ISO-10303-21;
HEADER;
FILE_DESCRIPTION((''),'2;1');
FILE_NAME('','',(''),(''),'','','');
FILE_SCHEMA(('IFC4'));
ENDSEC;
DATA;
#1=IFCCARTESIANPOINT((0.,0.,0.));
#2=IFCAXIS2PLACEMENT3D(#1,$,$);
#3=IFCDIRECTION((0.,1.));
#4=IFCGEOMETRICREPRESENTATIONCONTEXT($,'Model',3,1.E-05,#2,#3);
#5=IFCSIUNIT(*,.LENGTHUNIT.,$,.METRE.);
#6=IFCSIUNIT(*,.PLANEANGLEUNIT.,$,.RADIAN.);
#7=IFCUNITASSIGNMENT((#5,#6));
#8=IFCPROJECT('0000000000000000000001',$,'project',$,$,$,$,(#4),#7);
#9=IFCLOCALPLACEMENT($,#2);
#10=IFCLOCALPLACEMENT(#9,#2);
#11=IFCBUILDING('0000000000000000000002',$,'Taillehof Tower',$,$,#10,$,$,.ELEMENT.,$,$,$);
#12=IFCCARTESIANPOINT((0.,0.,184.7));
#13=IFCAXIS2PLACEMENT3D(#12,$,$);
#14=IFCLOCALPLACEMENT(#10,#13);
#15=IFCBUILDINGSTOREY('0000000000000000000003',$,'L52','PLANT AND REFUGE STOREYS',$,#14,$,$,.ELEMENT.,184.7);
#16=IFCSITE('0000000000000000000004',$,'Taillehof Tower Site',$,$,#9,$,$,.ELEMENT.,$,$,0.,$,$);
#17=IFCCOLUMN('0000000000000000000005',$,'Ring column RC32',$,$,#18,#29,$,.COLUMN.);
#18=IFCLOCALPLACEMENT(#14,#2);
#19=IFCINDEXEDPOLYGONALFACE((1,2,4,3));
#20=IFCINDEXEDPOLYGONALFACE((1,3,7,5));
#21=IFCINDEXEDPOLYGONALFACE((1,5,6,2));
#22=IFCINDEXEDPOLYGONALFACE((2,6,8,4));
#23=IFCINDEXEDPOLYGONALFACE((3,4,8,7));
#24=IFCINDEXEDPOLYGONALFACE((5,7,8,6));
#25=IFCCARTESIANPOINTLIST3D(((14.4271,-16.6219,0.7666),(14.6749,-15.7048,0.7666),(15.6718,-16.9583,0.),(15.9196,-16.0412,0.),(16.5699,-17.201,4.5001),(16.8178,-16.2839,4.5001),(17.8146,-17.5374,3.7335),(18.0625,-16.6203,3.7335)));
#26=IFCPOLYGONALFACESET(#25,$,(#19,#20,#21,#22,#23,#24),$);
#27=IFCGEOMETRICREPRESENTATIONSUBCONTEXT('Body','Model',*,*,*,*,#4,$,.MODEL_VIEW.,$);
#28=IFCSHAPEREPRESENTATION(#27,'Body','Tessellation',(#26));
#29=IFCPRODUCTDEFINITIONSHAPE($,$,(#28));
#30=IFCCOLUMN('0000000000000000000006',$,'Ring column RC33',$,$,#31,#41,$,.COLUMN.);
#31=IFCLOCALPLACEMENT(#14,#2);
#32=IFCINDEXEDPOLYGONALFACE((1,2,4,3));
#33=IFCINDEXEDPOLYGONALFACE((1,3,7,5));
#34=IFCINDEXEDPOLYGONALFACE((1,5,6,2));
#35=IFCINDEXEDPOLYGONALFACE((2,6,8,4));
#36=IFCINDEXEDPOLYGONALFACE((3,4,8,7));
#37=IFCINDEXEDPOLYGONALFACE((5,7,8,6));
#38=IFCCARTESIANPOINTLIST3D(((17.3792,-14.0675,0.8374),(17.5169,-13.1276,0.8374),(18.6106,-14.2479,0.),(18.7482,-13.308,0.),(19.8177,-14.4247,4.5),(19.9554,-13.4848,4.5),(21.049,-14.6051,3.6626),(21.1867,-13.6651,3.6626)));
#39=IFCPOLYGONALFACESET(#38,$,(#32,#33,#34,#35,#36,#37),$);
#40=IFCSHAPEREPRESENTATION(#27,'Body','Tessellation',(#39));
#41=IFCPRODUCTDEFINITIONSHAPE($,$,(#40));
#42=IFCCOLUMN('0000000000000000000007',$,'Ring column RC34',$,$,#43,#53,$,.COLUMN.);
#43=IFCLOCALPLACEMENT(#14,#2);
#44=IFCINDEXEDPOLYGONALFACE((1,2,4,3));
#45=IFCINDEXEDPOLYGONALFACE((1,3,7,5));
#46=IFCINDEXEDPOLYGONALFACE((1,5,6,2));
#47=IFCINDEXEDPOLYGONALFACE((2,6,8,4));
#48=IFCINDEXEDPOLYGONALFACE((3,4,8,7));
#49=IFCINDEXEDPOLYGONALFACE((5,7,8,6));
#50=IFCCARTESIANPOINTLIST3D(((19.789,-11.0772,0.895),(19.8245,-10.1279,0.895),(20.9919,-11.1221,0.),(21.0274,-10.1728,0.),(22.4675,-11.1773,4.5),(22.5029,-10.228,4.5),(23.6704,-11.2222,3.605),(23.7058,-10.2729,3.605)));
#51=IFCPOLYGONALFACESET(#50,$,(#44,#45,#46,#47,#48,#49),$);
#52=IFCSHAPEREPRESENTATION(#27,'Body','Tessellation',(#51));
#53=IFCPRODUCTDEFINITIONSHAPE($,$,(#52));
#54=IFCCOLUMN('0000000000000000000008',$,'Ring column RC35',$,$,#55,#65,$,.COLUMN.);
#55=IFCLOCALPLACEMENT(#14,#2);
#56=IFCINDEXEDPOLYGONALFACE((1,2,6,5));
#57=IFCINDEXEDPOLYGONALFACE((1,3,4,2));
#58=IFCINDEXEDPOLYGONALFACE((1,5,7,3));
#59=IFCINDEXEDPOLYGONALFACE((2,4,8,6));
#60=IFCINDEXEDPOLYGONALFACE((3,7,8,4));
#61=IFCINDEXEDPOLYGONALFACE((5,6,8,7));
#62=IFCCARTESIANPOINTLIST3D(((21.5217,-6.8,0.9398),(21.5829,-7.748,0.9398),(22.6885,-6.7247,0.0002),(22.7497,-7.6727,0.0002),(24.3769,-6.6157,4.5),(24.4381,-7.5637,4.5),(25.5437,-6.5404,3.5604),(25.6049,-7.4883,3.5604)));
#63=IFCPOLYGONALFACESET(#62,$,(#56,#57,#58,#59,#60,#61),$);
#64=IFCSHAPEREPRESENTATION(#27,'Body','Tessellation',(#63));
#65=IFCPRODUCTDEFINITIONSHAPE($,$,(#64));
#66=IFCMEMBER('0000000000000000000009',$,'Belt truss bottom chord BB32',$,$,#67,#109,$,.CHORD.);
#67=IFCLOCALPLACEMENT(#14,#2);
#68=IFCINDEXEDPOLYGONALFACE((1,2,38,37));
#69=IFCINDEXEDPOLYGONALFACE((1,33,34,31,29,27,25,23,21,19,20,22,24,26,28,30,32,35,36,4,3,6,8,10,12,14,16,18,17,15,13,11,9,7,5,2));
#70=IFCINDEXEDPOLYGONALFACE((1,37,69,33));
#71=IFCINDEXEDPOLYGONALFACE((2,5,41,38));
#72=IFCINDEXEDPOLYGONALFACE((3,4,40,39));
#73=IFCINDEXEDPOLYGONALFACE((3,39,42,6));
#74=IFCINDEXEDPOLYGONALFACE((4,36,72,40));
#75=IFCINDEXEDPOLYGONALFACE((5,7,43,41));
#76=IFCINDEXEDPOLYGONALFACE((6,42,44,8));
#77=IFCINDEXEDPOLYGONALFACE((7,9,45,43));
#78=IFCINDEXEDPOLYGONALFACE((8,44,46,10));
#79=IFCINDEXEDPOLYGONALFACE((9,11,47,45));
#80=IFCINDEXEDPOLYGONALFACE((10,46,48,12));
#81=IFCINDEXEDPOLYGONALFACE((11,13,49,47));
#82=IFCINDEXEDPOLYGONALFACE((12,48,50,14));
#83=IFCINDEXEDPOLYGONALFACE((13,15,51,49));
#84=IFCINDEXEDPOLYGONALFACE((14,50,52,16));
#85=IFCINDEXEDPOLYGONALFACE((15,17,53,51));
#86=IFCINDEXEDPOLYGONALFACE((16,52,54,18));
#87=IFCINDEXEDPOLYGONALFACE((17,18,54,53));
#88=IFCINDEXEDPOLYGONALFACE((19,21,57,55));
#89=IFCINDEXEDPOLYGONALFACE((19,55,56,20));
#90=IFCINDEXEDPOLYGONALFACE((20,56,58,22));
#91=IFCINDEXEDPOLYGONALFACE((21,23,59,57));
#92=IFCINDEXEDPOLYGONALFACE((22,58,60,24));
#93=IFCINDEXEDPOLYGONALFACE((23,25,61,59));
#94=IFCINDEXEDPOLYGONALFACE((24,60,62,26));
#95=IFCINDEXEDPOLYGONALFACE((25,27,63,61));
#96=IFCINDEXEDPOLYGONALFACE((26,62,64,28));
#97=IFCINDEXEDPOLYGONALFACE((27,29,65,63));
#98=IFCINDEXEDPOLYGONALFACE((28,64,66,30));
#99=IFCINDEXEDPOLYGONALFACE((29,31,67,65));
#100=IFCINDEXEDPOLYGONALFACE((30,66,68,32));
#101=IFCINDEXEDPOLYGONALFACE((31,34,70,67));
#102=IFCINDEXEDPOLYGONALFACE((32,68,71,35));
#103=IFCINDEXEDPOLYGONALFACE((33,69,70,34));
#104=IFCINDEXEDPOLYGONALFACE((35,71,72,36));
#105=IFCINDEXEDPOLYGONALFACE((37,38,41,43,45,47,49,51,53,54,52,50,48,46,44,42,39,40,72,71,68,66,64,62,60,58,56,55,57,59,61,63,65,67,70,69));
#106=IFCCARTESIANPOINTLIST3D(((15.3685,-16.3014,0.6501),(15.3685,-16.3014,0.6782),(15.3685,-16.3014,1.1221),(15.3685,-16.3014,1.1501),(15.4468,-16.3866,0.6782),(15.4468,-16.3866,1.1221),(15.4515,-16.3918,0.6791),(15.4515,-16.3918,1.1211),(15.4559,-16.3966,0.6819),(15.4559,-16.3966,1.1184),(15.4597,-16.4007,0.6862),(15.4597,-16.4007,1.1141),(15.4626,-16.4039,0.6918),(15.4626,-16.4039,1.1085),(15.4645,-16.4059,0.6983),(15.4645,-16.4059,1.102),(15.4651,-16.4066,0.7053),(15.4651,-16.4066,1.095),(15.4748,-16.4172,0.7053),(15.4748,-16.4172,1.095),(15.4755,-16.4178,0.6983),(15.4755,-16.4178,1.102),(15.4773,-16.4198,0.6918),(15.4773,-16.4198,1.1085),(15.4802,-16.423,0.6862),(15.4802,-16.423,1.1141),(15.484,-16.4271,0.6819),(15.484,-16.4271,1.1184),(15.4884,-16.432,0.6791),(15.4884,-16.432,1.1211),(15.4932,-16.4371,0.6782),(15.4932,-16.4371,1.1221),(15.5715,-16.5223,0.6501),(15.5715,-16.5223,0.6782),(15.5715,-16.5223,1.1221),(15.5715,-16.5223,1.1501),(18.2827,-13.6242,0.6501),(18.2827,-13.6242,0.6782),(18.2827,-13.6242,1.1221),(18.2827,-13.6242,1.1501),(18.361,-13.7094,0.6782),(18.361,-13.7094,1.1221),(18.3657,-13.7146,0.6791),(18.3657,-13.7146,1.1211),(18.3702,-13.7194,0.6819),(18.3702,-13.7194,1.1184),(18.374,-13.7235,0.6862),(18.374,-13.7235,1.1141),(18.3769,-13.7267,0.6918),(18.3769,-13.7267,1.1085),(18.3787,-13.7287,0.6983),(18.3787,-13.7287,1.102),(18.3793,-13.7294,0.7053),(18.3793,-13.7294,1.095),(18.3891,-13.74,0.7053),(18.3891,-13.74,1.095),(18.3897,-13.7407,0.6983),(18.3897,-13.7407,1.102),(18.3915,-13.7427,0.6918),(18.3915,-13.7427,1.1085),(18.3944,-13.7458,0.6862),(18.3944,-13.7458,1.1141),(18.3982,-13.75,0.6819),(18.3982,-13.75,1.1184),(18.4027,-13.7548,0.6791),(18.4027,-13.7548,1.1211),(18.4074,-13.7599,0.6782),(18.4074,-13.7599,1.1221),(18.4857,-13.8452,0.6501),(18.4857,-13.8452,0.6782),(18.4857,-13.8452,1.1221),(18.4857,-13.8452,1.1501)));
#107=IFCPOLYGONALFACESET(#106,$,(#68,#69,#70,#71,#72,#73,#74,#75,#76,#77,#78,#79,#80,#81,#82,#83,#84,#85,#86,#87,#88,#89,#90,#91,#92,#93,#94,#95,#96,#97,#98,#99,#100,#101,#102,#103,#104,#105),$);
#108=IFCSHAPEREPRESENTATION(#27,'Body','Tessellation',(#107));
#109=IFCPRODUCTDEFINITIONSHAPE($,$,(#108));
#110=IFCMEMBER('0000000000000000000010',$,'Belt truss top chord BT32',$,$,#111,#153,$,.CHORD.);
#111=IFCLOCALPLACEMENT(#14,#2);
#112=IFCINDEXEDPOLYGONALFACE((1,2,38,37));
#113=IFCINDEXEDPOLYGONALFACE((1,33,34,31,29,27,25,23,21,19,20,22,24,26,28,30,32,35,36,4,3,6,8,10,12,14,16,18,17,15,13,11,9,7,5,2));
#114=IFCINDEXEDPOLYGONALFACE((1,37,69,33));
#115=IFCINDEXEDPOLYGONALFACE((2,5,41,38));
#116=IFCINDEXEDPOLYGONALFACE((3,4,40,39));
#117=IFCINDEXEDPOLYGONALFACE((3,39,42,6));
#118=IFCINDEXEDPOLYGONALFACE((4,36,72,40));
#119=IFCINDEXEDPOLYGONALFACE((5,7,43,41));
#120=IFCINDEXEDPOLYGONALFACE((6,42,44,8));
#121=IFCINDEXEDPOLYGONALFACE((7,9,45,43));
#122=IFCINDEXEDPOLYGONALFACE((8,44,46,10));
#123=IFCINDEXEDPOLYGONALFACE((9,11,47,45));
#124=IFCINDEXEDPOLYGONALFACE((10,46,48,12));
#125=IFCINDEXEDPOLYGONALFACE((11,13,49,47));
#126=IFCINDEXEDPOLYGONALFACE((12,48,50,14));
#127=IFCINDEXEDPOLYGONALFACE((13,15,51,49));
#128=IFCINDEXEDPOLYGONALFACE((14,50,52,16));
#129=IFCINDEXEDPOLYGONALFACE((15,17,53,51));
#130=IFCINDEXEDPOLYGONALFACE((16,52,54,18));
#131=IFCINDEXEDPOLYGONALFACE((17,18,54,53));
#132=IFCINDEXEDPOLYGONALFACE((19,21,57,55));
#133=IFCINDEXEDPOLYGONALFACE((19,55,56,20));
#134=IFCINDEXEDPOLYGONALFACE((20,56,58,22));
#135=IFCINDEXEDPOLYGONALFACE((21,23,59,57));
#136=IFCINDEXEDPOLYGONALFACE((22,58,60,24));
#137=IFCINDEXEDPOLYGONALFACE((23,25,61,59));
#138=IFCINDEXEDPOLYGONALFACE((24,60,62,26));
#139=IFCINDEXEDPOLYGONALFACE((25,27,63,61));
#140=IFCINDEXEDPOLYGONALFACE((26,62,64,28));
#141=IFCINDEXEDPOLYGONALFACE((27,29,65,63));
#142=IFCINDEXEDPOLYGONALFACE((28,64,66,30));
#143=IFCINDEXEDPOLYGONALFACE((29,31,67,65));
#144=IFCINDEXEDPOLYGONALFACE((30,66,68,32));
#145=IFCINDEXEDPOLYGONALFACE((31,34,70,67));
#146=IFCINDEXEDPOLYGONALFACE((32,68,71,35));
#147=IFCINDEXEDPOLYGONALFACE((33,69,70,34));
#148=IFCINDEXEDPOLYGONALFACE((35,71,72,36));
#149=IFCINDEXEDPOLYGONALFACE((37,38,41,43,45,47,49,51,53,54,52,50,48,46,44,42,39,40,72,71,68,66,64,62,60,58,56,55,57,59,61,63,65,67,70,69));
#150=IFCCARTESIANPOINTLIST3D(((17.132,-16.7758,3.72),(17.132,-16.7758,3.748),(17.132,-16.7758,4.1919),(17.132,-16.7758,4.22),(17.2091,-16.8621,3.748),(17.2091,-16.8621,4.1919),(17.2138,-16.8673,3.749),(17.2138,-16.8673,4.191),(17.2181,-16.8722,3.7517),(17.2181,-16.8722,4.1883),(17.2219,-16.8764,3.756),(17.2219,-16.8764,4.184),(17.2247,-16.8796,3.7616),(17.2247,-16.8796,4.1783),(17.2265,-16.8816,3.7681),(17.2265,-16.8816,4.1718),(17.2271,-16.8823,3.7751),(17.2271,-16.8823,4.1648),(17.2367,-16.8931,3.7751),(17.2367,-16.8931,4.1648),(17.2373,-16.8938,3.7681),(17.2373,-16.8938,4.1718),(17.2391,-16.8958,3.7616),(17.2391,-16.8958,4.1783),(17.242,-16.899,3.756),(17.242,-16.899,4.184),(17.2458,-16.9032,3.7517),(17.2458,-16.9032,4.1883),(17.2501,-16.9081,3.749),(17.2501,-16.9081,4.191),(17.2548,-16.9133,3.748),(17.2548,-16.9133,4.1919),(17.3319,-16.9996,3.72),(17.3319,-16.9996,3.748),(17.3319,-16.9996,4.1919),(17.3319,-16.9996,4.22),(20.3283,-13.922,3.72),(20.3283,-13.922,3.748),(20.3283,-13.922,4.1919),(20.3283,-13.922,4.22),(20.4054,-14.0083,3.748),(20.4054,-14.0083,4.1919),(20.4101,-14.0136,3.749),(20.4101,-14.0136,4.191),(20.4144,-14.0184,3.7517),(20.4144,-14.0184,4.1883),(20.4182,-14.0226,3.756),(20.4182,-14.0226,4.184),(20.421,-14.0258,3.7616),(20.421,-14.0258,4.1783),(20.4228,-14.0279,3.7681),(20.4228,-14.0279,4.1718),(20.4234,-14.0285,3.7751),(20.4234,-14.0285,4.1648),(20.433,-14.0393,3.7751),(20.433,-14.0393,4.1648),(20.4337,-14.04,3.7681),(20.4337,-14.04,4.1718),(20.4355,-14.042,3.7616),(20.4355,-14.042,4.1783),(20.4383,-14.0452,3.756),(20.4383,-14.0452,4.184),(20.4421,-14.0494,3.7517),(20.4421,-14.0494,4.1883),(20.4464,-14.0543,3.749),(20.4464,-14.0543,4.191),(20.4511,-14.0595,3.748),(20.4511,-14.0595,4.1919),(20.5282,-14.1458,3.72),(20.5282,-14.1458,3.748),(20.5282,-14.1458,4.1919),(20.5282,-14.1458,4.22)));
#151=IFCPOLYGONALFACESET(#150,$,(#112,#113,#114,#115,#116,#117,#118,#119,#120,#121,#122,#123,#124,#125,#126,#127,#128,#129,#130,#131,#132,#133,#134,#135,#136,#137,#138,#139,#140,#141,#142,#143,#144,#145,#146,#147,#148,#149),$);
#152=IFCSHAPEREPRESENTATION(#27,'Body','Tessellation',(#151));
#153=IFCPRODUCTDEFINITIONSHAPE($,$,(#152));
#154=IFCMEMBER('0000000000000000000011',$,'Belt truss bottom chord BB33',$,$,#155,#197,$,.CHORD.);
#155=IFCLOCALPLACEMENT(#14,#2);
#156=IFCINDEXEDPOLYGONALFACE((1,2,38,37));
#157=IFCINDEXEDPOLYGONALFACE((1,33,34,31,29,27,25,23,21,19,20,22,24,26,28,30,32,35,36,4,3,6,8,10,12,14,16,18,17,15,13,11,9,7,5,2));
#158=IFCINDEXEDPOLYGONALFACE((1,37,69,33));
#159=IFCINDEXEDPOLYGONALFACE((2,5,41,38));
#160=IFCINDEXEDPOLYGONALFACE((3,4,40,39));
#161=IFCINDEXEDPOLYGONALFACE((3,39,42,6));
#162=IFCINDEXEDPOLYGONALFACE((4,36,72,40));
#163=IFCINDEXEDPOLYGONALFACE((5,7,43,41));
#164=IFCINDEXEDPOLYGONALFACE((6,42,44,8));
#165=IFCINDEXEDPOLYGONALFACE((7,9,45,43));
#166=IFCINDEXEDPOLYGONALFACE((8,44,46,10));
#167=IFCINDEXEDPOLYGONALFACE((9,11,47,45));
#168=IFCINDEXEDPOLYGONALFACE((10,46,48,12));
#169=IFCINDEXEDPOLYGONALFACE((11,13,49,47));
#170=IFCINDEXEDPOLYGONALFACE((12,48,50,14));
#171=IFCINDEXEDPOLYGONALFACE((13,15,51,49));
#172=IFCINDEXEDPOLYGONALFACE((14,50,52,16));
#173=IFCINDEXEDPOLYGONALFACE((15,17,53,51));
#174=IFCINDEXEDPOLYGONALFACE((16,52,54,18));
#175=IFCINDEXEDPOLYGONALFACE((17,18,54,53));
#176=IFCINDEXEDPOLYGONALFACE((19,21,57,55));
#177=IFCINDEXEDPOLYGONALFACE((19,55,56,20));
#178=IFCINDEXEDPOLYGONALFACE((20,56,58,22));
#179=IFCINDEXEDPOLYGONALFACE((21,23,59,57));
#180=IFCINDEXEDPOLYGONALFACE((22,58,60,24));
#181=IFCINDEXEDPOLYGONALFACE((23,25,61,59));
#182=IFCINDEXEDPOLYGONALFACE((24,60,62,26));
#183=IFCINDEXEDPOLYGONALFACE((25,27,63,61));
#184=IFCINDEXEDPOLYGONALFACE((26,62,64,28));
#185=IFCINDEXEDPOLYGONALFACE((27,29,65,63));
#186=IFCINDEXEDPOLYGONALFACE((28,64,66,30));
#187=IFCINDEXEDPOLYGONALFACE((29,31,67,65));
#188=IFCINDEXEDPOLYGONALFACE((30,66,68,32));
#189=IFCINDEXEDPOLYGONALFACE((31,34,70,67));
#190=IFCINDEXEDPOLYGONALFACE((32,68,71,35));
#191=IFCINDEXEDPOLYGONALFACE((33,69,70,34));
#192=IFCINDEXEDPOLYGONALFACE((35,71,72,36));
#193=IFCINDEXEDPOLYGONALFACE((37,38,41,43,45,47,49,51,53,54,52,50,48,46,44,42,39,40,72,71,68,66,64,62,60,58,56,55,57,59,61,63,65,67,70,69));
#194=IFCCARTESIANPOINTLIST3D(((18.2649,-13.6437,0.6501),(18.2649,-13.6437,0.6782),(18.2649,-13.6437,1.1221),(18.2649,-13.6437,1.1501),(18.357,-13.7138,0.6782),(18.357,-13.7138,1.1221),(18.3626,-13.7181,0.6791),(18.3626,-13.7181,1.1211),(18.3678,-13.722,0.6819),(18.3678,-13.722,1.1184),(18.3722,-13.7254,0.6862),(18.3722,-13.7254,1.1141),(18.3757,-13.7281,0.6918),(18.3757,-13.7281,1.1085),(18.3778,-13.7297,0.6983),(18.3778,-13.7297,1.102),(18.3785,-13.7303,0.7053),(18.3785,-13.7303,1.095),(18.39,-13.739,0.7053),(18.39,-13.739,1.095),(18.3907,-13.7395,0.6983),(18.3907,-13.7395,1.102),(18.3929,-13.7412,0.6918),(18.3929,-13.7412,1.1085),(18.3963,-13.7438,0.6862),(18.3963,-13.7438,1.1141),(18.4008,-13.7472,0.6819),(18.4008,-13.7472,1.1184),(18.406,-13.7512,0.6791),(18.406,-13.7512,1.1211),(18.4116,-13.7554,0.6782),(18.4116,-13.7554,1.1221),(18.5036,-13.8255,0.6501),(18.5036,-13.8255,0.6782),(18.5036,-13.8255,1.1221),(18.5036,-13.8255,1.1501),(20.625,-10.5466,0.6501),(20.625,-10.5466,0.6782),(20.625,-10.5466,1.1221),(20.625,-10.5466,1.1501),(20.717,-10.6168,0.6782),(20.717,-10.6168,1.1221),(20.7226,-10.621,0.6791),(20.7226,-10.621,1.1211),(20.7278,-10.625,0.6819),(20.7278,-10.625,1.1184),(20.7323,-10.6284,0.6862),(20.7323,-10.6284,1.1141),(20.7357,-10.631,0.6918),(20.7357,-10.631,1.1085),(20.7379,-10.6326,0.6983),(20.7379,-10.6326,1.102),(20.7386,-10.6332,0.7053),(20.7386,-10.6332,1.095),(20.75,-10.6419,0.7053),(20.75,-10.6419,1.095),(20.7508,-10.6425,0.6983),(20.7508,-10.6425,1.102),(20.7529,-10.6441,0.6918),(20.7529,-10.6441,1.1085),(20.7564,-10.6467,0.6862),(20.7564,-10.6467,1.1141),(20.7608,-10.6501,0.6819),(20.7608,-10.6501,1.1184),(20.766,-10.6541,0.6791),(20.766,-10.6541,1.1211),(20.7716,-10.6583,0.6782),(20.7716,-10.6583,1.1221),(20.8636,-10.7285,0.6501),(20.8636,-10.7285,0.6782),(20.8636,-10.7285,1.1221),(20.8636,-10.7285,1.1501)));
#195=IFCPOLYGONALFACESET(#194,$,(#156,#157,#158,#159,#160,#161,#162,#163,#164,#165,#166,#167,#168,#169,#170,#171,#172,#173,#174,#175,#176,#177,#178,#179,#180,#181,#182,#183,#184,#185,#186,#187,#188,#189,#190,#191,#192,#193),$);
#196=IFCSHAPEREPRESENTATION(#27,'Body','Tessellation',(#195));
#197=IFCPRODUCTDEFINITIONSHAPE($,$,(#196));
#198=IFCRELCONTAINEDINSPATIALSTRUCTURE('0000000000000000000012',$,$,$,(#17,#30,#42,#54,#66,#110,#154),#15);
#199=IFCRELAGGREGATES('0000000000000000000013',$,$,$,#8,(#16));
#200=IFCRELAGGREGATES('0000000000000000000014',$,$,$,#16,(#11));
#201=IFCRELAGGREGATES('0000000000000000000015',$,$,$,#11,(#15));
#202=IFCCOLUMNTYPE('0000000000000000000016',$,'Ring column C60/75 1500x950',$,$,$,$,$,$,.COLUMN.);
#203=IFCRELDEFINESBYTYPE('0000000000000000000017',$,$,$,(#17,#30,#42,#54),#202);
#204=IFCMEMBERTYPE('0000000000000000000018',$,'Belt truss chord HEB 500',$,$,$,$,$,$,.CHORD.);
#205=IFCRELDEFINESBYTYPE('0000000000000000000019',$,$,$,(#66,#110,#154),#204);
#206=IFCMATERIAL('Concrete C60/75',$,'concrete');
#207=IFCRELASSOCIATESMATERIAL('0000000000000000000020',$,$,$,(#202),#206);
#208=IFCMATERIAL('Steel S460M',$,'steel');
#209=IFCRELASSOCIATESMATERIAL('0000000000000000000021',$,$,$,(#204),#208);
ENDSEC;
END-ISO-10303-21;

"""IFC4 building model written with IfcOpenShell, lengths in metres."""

from ifc_helpers import new_model, si_unit, direction, frame, origin, origin_2d, place, context, subcontext, project, spatial, rectangle, i_section, extrude, material, material_profile, profile_set, type_object, element, save


model = new_model("IFC4")

# Units and contexts
model_context = context("Model", 3, precision=1e-05, world=origin(), true_north=direction((0.0, 1.0)))
body_context = subcontext(model_context, "Body", "Model", "MODEL_VIEW")
ifc_project = project(units=[si_unit("LENGTHUNIT", "METRE"), si_unit("PLANEANGLEUNIT", "RADIAN")], contexts=[model_context])

# Site, building, storey
site_placement = place(None, origin())
site = spatial("IfcSite", under=ifc_project, at=site_placement, Name="Taillehof Tower Site", CompositionType="ELEMENT", RefElevation=0.0)
building_placement = place(site_placement, origin())
building = spatial("IfcBuilding", under=site, at=building_placement, Name="Taillehof Tower", CompositionType="ELEMENT")
storey_placement = place(building_placement, frame((0.0, 0.0, 184.7)))
storey = spatial("IfcBuildingStorey", under=building, at=storey_placement, Name="L52", Description="PLANT AND REFUGE STOREYS", CompositionType="ELEMENT", Elevation=184.7)

# Columns
ifc_material_1 = material(Name="Concrete C60/75", Category="concrete")
ifc_material_profile_1 = material_profile(ifc_material_1, rectangle(XDim=1.5, YDim=0.95, at=origin_2d()), Name="RC 1500x950")
ifc_profile_set_1 = profile_set([ifc_material_profile_1], Name="Concrete C60/75")
column_type = type_object("IfcColumnType", Name="Ring column C60/75 1500x950", PredefinedType="COLUMN", material=ifc_profile_set_1)
column_1_placement = place(storey_placement, frame((15.1733, -16.3315, 0.3833), z_axis=(0.493349, -0.133328, 0.859552), x_axis=(-0.829784, 0.224251, 0.511048)))
element("IfcColumn", 1, at=column_1_placement, inside=storey, type_object=column_type, Name="Ring column RC32", PredefinedType="COLUMN", context=body_context, shape_type="SweptSolid", body=[
    extrude(rectangle(XDim=1.5, YDim=0.95, at=origin_2d()), origin(), (0.0, 0.0, 1.0), 4.3435),
])
column_2_placement = place(storey_placement, frame((18.0637, -13.6877, 0.4187), z_axis=(0.552371, -0.080909, 0.829663), x_axis=(-0.820903, 0.120242, 0.558265)))
element("IfcColumn", 2, at=column_2_placement, inside=storey, type_object=column_type, Name="Ring column RC33", PredefinedType="COLUMN", context=body_context, shape_type="SweptSolid", body=[
    extrude(rectangle(XDim=1.5, YDim=0.95, at=origin_2d()), origin(), (0.0, 0.0, 1.0), 4.4146),
])
column_3_placement = place(storey_placement, frame((20.4082, -10.625, 0.4475), z_axis=(0.596245, -0.022282, 0.802493), x_axis=(-0.801933, 0.029969, 0.596661)))
element("IfcColumn", 3, at=column_3_placement, inside=storey, type_object=column_type, Name="Ring column RC34", PredefinedType="COLUMN", context=body_context, shape_type="SweptSolid", body=[
    extrude(rectangle(XDim=1.5, YDim=0.95, at=origin_2d()), origin(), (0.0, 0.0, 1.0), 4.4922),
])
column_4_placement = place(storey_placement, frame((22.1357, -7.2363, 0.47), z_axis=(0.625118, 0.040356, 0.779486), x_axis=(-0.777867, -0.050217, 0.626419)))
element("IfcColumn", 4, at=column_4_placement, inside=storey, type_object=column_type, Name="Ring column RC35", PredefinedType="COLUMN", context=body_context, shape_type="SweptSolid", body=[
    extrude(rectangle(XDim=1.5, YDim=0.95, at=origin_2d()), origin(), (0.0, 0.0, 1.0), 4.5674),
])

# Members
ifc_material_2 = material(Name="Steel S460M", Category="steel")
ifc_material_profile_2 = material_profile(ifc_material_2, i_section(OverallWidth=0.3, OverallDepth=0.5, WebThickness=0.0144, FlangeThickness=0.0281, FilletRadius=0.0271, at=origin_2d()), Name="HEB 500")
ifc_profile_set_2 = profile_set([ifc_material_profile_2], Name="Steel S460M")
member_type_1 = type_object("IfcMemberType", Name="Belt truss chord HEB 500", PredefinedType="CHORD", material=ifc_profile_set_2)
member_1_placement = place(storey_placement, frame((15.47, -16.4119, 0.9001), z_axis=(0.736424, 0.67652, 0.0), x_axis=(-0.67652, 0.736424, 0.0)))
element("IfcMember", 5, at=member_1_placement, inside=storey, type_object=member_type_1, Name="Belt truss bottom chord BB32", PredefinedType="CHORD", context=body_context, shape_type="SweptSolid", body=[
    extrude(i_section(OverallWidth=0.3, OverallDepth=0.5, WebThickness=0.0144, FlangeThickness=0.0281, FilletRadius=0.0271, at=origin_2d()), origin(), (0.0, 0.0, 1.0), 3.9573),
])
member_2_placement = place(storey_placement, frame((17.2319, -16.8877, 3.97), z_axis=(0.745946, 0.666007, 0.0), x_axis=(-0.666007, 0.745946, 0.0)))
element("IfcMember", 6, at=member_2_placement, inside=storey, type_object=member_type_1, Name="Belt truss top chord BT32", PredefinedType="CHORD", context=body_context, shape_type="SweptSolid", body=[
    extrude(i_section(OverallWidth=0.3, OverallDepth=0.5, WebThickness=0.0144, FlangeThickness=0.0281, FilletRadius=0.0271, at=origin_2d()), origin(), (0.0, 0.0, 1.0), 4.2849),
])
member_3_placement = place(storey_placement, frame((18.3843, -13.7346, 0.9001), z_axis=(0.606102, 0.795387, 0.0), x_axis=(-0.795387, 0.606102, 0.0)))
element("IfcMember", 7, at=member_3_placement, inside=storey, type_object=member_type_1, Name="Belt truss bottom chord BB33", PredefinedType="CHORD", context=body_context, shape_type="SweptSolid", body=[
    extrude(i_section(OverallWidth=0.3, OverallDepth=0.5, WebThickness=0.0144, FlangeThickness=0.0281, FilletRadius=0.0271, at=origin_2d()), origin(), (0.0, 0.0, 1.0), 3.8938),
])

save(model, "model.ifc")
